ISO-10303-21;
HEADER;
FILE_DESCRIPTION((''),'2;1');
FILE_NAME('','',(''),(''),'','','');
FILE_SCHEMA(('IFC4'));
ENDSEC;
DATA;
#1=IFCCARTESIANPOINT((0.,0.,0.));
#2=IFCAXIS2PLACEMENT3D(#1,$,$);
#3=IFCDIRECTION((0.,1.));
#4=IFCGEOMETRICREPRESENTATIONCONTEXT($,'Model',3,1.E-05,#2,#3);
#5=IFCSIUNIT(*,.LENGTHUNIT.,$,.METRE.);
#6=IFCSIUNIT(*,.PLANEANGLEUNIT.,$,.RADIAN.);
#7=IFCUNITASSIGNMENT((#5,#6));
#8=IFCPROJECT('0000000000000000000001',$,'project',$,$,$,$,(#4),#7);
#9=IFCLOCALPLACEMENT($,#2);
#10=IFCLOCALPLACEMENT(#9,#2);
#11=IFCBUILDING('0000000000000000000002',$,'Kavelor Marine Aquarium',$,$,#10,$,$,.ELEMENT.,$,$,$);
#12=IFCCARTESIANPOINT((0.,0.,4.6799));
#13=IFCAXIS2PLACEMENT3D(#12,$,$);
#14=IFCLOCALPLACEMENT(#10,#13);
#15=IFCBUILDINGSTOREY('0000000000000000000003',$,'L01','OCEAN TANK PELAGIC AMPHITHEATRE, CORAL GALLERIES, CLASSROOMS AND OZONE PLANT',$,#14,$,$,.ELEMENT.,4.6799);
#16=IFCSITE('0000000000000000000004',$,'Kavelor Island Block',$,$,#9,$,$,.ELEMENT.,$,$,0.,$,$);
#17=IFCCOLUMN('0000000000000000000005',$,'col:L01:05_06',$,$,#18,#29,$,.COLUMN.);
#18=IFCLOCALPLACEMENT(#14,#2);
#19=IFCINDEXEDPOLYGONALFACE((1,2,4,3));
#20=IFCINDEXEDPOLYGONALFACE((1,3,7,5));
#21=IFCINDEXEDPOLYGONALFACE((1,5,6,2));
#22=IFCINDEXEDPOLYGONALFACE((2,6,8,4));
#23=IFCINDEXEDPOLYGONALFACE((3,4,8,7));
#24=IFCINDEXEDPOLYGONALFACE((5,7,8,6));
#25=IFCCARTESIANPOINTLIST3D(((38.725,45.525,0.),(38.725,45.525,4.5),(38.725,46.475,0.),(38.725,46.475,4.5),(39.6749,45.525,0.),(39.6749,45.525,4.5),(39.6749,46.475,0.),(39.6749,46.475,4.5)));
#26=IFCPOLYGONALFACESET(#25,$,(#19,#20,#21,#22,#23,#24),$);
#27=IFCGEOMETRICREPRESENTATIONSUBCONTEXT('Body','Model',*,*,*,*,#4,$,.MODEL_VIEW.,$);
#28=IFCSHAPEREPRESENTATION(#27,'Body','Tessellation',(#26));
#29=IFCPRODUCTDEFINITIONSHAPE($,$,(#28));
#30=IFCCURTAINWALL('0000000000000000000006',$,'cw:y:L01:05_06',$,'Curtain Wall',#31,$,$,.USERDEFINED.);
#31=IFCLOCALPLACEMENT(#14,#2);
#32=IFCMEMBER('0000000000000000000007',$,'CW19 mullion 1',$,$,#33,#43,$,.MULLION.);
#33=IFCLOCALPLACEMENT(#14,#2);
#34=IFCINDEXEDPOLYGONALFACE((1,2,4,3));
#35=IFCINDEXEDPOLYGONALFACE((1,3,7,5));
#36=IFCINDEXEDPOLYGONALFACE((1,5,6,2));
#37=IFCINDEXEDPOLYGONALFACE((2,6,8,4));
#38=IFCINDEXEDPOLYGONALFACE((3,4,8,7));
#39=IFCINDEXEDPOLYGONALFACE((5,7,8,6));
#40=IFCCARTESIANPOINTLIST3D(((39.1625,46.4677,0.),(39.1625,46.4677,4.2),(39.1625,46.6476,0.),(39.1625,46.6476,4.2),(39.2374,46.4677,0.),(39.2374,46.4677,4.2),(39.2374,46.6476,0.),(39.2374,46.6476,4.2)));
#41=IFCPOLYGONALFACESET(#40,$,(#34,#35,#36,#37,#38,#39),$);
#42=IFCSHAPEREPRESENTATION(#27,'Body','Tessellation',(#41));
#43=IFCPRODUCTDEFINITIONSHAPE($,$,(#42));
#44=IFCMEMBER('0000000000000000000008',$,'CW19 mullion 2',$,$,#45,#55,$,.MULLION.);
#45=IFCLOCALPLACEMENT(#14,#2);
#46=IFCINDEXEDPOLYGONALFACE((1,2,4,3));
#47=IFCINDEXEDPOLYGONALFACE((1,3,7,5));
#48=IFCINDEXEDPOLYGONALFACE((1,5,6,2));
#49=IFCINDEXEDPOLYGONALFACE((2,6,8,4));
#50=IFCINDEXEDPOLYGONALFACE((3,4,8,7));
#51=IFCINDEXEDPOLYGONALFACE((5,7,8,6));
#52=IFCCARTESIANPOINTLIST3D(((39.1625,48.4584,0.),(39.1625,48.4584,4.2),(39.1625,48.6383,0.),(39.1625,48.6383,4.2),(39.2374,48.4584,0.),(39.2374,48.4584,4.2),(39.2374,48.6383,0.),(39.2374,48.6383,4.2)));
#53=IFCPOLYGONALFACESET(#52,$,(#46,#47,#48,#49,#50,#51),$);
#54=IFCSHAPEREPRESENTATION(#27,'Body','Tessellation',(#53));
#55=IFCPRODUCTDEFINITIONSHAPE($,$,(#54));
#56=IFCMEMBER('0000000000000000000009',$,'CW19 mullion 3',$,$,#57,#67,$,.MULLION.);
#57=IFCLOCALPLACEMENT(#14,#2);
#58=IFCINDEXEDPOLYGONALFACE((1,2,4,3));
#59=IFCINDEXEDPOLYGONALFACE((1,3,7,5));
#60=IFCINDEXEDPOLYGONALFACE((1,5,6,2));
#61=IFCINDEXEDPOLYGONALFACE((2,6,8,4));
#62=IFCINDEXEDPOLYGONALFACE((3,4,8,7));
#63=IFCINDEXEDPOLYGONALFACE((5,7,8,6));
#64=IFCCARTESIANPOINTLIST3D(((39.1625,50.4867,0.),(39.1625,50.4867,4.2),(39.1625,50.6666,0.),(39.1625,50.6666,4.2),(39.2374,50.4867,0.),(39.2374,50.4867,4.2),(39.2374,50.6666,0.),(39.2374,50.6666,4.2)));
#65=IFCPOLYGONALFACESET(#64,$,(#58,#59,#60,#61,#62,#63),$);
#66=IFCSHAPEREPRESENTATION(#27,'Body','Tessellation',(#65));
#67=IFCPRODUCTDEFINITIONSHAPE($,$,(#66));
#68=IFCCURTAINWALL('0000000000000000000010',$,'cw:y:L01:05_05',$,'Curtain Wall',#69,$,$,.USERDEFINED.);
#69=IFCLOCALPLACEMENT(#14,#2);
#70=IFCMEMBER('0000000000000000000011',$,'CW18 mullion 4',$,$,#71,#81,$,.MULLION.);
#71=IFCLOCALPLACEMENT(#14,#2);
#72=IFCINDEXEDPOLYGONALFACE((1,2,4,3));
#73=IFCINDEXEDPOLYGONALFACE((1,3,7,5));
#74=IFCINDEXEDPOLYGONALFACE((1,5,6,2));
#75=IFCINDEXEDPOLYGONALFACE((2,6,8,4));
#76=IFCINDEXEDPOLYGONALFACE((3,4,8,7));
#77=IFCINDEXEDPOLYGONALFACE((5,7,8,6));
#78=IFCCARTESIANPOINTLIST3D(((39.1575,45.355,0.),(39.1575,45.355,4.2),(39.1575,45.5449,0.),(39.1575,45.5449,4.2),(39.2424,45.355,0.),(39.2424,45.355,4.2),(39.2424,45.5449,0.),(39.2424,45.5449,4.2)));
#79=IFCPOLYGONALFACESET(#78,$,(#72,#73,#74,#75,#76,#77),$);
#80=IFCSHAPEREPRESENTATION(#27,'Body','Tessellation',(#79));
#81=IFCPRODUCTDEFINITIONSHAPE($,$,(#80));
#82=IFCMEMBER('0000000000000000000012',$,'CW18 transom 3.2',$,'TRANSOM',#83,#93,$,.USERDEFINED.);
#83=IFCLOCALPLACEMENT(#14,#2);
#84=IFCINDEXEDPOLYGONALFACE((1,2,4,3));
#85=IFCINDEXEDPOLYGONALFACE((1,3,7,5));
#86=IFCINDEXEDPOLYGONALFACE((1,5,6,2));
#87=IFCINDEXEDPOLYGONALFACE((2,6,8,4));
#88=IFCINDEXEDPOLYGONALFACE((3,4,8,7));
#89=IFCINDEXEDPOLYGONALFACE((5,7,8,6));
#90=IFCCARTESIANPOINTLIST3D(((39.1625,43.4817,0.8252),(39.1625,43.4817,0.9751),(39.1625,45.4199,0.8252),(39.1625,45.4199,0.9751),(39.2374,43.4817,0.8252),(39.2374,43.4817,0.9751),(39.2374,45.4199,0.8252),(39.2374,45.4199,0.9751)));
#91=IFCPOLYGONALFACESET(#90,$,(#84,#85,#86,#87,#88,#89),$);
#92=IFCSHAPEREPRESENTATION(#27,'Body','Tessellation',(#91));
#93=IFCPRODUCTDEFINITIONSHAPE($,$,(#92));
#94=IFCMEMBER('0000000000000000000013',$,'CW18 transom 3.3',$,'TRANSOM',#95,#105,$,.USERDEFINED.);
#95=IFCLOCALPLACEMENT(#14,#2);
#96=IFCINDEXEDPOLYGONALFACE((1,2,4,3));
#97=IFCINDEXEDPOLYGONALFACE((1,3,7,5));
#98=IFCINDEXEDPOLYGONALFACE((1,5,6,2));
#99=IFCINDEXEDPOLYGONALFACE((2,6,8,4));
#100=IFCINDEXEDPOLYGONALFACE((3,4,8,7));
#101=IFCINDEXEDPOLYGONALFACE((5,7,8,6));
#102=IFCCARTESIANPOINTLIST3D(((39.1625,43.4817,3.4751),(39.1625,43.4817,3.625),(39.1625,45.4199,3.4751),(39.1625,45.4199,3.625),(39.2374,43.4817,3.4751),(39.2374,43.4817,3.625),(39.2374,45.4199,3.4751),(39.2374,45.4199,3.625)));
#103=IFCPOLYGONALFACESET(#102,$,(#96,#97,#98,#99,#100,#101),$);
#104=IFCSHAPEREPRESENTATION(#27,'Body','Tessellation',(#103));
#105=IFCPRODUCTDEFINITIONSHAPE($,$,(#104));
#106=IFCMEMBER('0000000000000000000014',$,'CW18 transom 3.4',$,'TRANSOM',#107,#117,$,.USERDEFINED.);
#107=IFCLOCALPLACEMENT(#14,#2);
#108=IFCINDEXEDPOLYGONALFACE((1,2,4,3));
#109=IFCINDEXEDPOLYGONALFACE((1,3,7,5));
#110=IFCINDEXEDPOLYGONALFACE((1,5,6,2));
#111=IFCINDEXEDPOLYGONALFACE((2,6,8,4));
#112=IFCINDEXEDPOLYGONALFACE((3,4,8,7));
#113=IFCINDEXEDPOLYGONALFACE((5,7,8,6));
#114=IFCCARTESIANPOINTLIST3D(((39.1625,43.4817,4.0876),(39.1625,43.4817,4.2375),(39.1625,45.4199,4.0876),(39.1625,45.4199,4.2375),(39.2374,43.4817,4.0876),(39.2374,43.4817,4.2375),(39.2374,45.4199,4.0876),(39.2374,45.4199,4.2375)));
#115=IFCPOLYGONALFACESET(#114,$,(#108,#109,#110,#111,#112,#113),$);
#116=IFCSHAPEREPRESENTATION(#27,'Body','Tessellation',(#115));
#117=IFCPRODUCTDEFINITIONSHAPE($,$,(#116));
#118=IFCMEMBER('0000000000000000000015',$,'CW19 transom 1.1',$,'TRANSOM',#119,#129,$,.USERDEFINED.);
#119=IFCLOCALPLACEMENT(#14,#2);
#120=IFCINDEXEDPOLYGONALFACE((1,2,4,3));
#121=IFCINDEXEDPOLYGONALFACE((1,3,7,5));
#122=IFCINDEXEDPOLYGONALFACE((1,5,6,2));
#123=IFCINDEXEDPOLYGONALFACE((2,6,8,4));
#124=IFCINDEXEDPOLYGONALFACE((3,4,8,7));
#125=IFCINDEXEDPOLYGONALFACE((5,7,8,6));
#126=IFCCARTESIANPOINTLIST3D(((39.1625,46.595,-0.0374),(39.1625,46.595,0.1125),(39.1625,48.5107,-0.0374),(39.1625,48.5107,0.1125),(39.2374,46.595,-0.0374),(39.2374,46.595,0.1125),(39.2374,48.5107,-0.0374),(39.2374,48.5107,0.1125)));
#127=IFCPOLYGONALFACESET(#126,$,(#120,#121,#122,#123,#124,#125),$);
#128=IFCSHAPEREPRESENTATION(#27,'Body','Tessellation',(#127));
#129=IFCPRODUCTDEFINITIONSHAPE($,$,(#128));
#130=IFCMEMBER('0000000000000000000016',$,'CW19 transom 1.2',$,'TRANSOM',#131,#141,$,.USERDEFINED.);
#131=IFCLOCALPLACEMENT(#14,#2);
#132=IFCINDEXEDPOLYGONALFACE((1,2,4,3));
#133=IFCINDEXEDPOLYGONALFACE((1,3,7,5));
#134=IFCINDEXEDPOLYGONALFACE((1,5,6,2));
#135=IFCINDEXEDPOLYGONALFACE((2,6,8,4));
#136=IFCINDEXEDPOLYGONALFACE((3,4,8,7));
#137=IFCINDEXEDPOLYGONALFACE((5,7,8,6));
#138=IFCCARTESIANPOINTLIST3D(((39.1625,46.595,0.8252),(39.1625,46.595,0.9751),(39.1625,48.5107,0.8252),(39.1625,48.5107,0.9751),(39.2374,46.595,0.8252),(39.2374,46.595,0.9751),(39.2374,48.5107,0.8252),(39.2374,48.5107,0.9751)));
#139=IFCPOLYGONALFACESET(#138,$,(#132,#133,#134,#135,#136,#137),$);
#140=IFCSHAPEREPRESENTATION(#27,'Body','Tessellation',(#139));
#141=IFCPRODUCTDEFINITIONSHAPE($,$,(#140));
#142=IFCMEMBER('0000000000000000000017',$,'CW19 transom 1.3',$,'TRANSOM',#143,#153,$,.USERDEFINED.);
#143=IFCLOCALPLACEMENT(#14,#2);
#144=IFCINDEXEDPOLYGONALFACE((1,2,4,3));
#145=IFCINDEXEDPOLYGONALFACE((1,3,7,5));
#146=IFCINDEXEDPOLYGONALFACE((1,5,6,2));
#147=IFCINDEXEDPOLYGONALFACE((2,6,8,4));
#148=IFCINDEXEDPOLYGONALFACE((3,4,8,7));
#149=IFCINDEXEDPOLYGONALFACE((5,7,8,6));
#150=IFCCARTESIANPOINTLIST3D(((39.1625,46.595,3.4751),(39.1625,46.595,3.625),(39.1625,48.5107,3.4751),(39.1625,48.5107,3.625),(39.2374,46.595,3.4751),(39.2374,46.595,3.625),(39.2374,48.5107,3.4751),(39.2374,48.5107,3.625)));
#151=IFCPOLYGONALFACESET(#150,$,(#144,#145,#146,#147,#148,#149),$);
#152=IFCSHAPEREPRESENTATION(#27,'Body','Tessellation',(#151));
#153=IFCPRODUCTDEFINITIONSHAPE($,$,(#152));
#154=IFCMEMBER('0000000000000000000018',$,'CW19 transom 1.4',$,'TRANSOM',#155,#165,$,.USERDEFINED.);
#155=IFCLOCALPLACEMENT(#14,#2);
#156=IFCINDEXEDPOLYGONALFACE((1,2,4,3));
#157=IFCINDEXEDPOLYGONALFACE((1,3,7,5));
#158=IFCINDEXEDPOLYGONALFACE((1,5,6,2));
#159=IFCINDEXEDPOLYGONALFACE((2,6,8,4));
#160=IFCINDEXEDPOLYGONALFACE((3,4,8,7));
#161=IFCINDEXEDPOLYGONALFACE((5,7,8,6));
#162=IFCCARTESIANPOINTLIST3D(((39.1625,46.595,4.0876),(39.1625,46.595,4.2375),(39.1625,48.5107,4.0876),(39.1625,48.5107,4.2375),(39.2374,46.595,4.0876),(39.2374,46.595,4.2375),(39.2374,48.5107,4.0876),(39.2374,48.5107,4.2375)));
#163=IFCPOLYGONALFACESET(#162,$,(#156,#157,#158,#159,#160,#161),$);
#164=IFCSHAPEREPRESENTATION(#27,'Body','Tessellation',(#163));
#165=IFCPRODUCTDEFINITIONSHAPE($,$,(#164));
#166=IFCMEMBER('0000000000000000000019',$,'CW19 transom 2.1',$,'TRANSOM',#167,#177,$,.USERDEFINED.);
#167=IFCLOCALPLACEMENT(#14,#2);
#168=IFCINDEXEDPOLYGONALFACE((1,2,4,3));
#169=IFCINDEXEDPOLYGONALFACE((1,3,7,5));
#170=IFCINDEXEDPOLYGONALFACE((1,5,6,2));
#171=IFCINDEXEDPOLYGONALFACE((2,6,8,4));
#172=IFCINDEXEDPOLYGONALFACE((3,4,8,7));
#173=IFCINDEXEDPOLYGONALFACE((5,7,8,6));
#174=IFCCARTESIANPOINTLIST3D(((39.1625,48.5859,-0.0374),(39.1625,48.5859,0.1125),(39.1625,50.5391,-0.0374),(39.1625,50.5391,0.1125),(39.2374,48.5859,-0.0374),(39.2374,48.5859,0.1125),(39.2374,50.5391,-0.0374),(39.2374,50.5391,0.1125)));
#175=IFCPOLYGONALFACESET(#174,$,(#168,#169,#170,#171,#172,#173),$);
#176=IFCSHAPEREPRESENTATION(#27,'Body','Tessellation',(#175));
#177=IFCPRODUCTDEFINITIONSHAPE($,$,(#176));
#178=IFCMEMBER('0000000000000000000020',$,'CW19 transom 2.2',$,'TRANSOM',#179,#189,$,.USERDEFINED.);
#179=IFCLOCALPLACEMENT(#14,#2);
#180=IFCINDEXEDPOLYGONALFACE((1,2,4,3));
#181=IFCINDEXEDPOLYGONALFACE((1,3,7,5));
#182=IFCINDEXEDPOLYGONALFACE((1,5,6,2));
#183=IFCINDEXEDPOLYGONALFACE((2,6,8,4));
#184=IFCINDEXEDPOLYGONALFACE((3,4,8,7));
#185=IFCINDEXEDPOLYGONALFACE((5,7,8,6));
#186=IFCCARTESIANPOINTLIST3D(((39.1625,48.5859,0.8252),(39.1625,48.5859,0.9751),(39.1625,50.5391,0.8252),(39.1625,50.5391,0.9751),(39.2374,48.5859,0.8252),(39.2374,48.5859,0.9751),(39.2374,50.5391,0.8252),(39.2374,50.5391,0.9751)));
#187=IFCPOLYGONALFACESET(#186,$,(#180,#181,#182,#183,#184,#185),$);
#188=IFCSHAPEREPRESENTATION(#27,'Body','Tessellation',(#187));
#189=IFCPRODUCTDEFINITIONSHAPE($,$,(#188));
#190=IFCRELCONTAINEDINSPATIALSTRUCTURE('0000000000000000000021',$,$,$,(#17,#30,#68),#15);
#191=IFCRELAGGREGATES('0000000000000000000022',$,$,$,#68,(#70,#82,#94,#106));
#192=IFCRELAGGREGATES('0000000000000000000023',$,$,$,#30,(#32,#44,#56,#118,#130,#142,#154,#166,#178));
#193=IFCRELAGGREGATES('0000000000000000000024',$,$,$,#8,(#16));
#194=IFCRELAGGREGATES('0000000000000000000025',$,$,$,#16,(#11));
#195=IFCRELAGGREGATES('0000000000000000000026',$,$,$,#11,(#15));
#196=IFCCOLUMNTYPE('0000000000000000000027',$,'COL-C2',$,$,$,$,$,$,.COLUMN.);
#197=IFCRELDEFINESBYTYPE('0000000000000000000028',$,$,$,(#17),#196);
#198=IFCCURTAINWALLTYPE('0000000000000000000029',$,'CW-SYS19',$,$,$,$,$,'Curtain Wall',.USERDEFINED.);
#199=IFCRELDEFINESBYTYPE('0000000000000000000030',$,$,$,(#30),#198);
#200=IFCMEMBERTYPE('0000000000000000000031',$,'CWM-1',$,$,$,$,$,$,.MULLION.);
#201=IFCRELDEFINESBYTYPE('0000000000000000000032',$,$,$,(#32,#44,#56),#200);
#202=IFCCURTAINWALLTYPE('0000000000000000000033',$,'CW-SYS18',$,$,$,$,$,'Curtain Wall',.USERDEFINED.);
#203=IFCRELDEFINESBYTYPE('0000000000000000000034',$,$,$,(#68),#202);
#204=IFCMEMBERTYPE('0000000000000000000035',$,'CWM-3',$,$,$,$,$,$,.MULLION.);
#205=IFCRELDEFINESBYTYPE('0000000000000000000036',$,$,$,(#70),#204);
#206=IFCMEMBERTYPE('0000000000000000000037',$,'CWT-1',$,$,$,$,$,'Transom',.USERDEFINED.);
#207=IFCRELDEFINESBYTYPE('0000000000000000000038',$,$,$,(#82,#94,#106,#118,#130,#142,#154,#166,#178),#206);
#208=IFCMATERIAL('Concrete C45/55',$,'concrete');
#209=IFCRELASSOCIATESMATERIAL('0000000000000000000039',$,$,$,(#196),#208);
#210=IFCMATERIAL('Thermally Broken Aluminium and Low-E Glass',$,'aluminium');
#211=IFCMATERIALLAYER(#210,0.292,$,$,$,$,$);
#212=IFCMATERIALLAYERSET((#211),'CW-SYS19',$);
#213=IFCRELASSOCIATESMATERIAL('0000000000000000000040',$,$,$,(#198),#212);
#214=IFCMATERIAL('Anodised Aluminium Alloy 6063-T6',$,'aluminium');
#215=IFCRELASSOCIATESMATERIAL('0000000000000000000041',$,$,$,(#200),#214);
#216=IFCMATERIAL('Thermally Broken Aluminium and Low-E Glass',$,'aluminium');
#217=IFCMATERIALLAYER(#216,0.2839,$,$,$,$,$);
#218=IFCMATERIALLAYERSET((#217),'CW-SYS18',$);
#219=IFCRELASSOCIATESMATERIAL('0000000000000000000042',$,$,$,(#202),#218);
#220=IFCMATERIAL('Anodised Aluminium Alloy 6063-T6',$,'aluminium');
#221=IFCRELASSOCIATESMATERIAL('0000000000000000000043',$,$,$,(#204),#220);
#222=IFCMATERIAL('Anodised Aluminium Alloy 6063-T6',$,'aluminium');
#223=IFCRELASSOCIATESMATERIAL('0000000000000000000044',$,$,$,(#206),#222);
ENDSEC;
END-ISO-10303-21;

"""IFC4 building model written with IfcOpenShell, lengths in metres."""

from ifc_helpers import new_model, si_unit, direction, frame, origin, origin_2d, place, context, subcontext, project, spatial, rectangle, extrude, material, layer, layer_set, material_profile, profile_set, type_object, element, aggregate, save


model = new_model("IFC4")

# Units and contexts
model_context = context("Model", 3, precision=1e-05, world=origin(), true_north=direction((0.0, 1.0)))
body_context = subcontext(model_context, "Body", "Model", "MODEL_VIEW")
ifc_project = project(units=[si_unit("LENGTHUNIT", "METRE"), si_unit("PLANEANGLEUNIT", "RADIAN")], contexts=[model_context])

# Site, building, storey
site_placement = place(None, origin())
site = spatial("IfcSite", under=ifc_project, at=site_placement, Name="Kavelor Island Block", CompositionType="ELEMENT", RefElevation=0.0)
building_placement = place(site_placement, origin())
building = spatial("IfcBuilding", under=site, at=building_placement, Name="Kavelor Marine Aquarium", CompositionType="ELEMENT")
storey_placement = place(building_placement, frame((0.0, 0.0, 4.6799)))
storey = spatial("IfcBuildingStorey", under=building, at=storey_placement, Name="L01", Description="OCEAN TANK PELAGIC AMPHITHEATRE, CORAL GALLERIES, CLASSROOMS AND OZONE PLANT", CompositionType="ELEMENT", Elevation=4.6799)

# Column
ifc_material_1 = material(Name="Concrete C45/55", Category="concrete")
ifc_material_profile_1 = material_profile(ifc_material_1, rectangle(XDim=0.95, YDim=0.95, at=origin_2d()), Name="RC-COL 950x950")
ifc_profile_set_1 = profile_set([ifc_material_profile_1], Name="Concrete C45/55")
column_type = type_object("IfcColumnType", Name="COL-C2", PredefinedType="COLUMN", material=ifc_profile_set_1)
column_placement = place(storey_placement, frame((39.2, 46.0, 0.0), z_axis=(0.0, 0.0, 1.0), x_axis=(1.0, 0.0, 0.0)))
element("IfcColumn", 1, at=column_placement, inside=storey, type_object=column_type, Name="col:L01:05_06", PredefinedType="COLUMN", context=body_context, shape_type="SweptSolid", body=[
    extrude(rectangle(XDim=0.95, YDim=0.95, at=origin_2d()), origin(), (0.0, 0.0, 1.0), 4.5),
])

# Curtain walls, members
ifc_material_2 = material(Name="Thermally Broken Aluminium and Low-E Glass", Category="aluminium")
ifc_layer_1 = layer(ifc_material_2, 0.292)
ifc_layer_set_1 = layer_set([ifc_layer_1], Name="CW-SYS19")
curtain_wall_type_1 = type_object("IfcCurtainWallType", Name="CW-SYS19", ElementType="Curtain Wall", PredefinedType="USERDEFINED", material=ifc_layer_set_1)
curtain_wall_1_placement = place(storey_placement, origin())
curtain_wall_1 = element("IfcCurtainWall", 2, at=curtain_wall_1_placement, inside=storey, type_object=curtain_wall_type_1, Name="cw:y:L01:05_06", ObjectType="Curtain Wall", PredefinedType="USERDEFINED")
ifc_material_3 = material(Name="Anodised Aluminium Alloy 6063-T6", Category="aluminium")
ifc_material_profile_2 = material_profile(ifc_material_3, rectangle(XDim=0.075, YDim=0.1799, at=origin_2d()), Name="CW-MUL 75x180")
ifc_profile_set_2 = profile_set([ifc_material_profile_2], Name="Anodised Aluminium Alloy 6063-T6")
member_type_1 = type_object("IfcMemberType", Name="CWM-1", PredefinedType="MULLION", material=ifc_profile_set_2)
member_1_placement = place(storey_placement, frame((39.2, 46.5576, 0.0), z_axis=(0.0, 0.0, 1.0), x_axis=(-1.0, 0.0, 0.0)))
member_1 = element("IfcMember", 3, at=member_1_placement, type_object=member_type_1, Name="CW19 mullion 1", PredefinedType="MULLION", context=body_context, shape_type="SweptSolid", body=[
    extrude(rectangle(XDim=0.075, YDim=0.1799, at=origin_2d()), origin(), (0.0, 0.0, 1.0), 4.2),
])
member_2_placement = place(storey_placement, frame((39.2, 48.5483, 0.0), z_axis=(0.0, 0.0, 1.0), x_axis=(-1.0, 0.0, 0.0)))
member_2 = element("IfcMember", 4, at=member_2_placement, type_object=member_type_1, Name="CW19 mullion 2", PredefinedType="MULLION", context=body_context, shape_type="SweptSolid", body=[
    extrude(rectangle(XDim=0.075, YDim=0.1799, at=origin_2d()), origin(), (0.0, 0.0, 1.0), 4.2),
])
member_3_placement = place(storey_placement, frame((39.2, 50.5767, 0.0), z_axis=(0.0, 0.0, 1.0), x_axis=(-1.0, 0.0, 0.0)))
member_3 = element("IfcMember", 5, at=member_3_placement, type_object=member_type_1, Name="CW19 mullion 3", PredefinedType="MULLION", context=body_context, shape_type="SweptSolid", body=[
    extrude(rectangle(XDim=0.075, YDim=0.1799, at=origin_2d()), origin(), (0.0, 0.0, 1.0), 4.2),
])
ifc_material_4 = material(Name="Thermally Broken Aluminium and Low-E Glass", Category="aluminium")
ifc_layer_2 = layer(ifc_material_4, 0.2839)
ifc_layer_set_2 = layer_set([ifc_layer_2], Name="CW-SYS18")
curtain_wall_type_2 = type_object("IfcCurtainWallType", Name="CW-SYS18", ElementType="Curtain Wall", PredefinedType="USERDEFINED", material=ifc_layer_set_2)
curtain_wall_2_placement = place(storey_placement, origin())
curtain_wall_2 = element("IfcCurtainWall", 6, at=curtain_wall_2_placement, inside=storey, type_object=curtain_wall_type_2, Name="cw:y:L01:05_05", ObjectType="Curtain Wall", PredefinedType="USERDEFINED")
ifc_material_5 = material(Name="Anodised Aluminium Alloy 6063-T6", Category="aluminium")
ifc_material_profile_3 = material_profile(ifc_material_5, rectangle(XDim=0.085, YDim=0.1899, at=origin_2d()), Name="CW-MUL 85x190")
ifc_profile_set_3 = profile_set([ifc_material_profile_3], Name="Anodised Aluminium Alloy 6063-T6")
member_type_2 = type_object("IfcMemberType", Name="CWM-3", PredefinedType="MULLION", material=ifc_profile_set_3)
member_4_placement = place(storey_placement, frame((39.2, 45.45, 0.0), z_axis=(0.0, 0.0, 1.0), x_axis=(-1.0, 0.0, 0.0)))
member_4 = element("IfcMember", 7, at=member_4_placement, type_object=member_type_2, Name="CW18 mullion 4", PredefinedType="MULLION", context=body_context, shape_type="SweptSolid", body=[
    extrude(rectangle(XDim=0.085, YDim=0.1899, at=origin_2d()), origin(), (0.0, 0.0, 1.0), 4.2),
])
ifc_material_6 = material(Name="Anodised Aluminium Alloy 6063-T6", Category="aluminium")
ifc_material_profile_4 = material_profile(ifc_material_6, rectangle(XDim=0.075, YDim=0.1499, at=origin_2d()), Name="CW-TRN 75x150")
ifc_profile_set_4 = profile_set([ifc_material_profile_4], Name="Anodised Aluminium Alloy 6063-T6")
member_type_3 = type_object("IfcMemberType", Name="CWT-1", ElementType="Transom", PredefinedType="USERDEFINED", material=ifc_profile_set_4)
member_5_placement = place(storey_placement, frame((39.2, 43.4817, 0.9001), z_axis=(0.0, 1.0, 0.0), x_axis=(-1.0, 0.0, 0.0)))
member_5 = element("IfcMember", 8, at=member_5_placement, type_object=member_type_3, Name="CW18 transom 3.2", ObjectType="TRANSOM", PredefinedType="USERDEFINED", context=body_context, shape_type="SweptSolid", body=[
    extrude(rectangle(XDim=0.075, YDim=0.1499, at=origin_2d()), origin(), (0.0, 0.0, 1.0), 1.9382),
])
member_6_placement = place(storey_placement, frame((39.2, 43.4817, 3.55), z_axis=(0.0, 1.0, 0.0), x_axis=(-1.0, 0.0, 0.0)))
member_6 = element("IfcMember", 9, at=member_6_placement, type_object=member_type_3, Name="CW18 transom 3.3", ObjectType="TRANSOM", PredefinedType="USERDEFINED", context=body_context, shape_type="SweptSolid", body=[
    extrude(rectangle(XDim=0.075, YDim=0.1499, at=origin_2d()), origin(), (0.0, 0.0, 1.0), 1.9382),
])
member_7_placement = place(storey_placement, frame((39.2, 43.4817, 4.1626), z_axis=(0.0, 1.0, 0.0), x_axis=(-1.0, 0.0, 0.0)))
member_7 = element("IfcMember", 10, at=member_7_placement, type_object=member_type_3, Name="CW18 transom 3.4", ObjectType="TRANSOM", PredefinedType="USERDEFINED", context=body_context, shape_type="SweptSolid", body=[
    extrude(rectangle(XDim=0.075, YDim=0.1499, at=origin_2d()), origin(), (0.0, 0.0, 1.0), 1.9382),
])

# Members
member_8_placement = place(storey_placement, frame((39.2, 46.595, 0.0376), z_axis=(0.0, 1.0, 0.0), x_axis=(-1.0, 0.0, 0.0)))
member_8 = element("IfcMember", 11, at=member_8_placement, type_object=member_type_3, Name="CW19 transom 1.1", ObjectType="TRANSOM", PredefinedType="USERDEFINED", context=body_context, shape_type="SweptSolid", body=[
    extrude(rectangle(XDim=0.075, YDim=0.1499, at=origin_2d()), origin(), (0.0, 0.0, 1.0), 1.9158),
])
member_9_placement = place(storey_placement, frame((39.2, 46.595, 0.9001), z_axis=(0.0, 1.0, 0.0), x_axis=(-1.0, 0.0, 0.0)))
member_9 = element("IfcMember", 12, at=member_9_placement, type_object=member_type_3, Name="CW19 transom 1.2", ObjectType="TRANSOM", PredefinedType="USERDEFINED", context=body_context, shape_type="SweptSolid", body=[
    extrude(rectangle(XDim=0.075, YDim=0.1499, at=origin_2d()), origin(), (0.0, 0.0, 1.0), 1.9158),
])
member_10_placement = place(storey_placement, frame((39.2, 46.595, 3.55), z_axis=(0.0, 1.0, 0.0), x_axis=(-1.0, 0.0, 0.0)))
member_10 = element("IfcMember", 13, at=member_10_placement, type_object=member_type_3, Name="CW19 transom 1.3", ObjectType="TRANSOM", PredefinedType="USERDEFINED", context=body_context, shape_type="SweptSolid", body=[
    extrude(rectangle(XDim=0.075, YDim=0.1499, at=origin_2d()), origin(), (0.0, 0.0, 1.0), 1.9158),
])
member_11_placement = place(storey_placement, frame((39.2, 46.595, 4.1626), z_axis=(0.0, 1.0, 0.0), x_axis=(-1.0, 0.0, 0.0)))
member_11 = element("IfcMember", 14, at=member_11_placement, type_object=member_type_3, Name="CW19 transom 1.4", ObjectType="TRANSOM", PredefinedType="USERDEFINED", context=body_context, shape_type="SweptSolid", body=[
    extrude(rectangle(XDim=0.075, YDim=0.1499, at=origin_2d()), origin(), (0.0, 0.0, 1.0), 1.9158),
])
member_12_placement = place(storey_placement, frame((39.2, 48.5859, 0.0376), z_axis=(0.0, 1.0, 0.0), x_axis=(-1.0, 0.0, 0.0)))
member_12 = element("IfcMember", 15, at=member_12_placement, type_object=member_type_3, Name="CW19 transom 2.1", ObjectType="TRANSOM", PredefinedType="USERDEFINED", context=body_context, shape_type="SweptSolid", body=[
    extrude(rectangle(XDim=0.075, YDim=0.1499, at=origin_2d()), origin(), (0.0, 0.0, 1.0), 1.9531),
])
member_13_placement = place(storey_placement, frame((39.2, 48.5859, 0.9001), z_axis=(0.0, 1.0, 0.0), x_axis=(-1.0, 0.0, 0.0)))
member_13 = element("IfcMember", 16, at=member_13_placement, type_object=member_type_3, Name="CW19 transom 2.2", ObjectType="TRANSOM", PredefinedType="USERDEFINED", context=body_context, shape_type="SweptSolid", body=[
    extrude(rectangle(XDim=0.075, YDim=0.1499, at=origin_2d()), origin(), (0.0, 0.0, 1.0), 1.9531),
])

aggregate(curtain_wall_2, [member_4, member_5, member_6, member_7])
aggregate(curtain_wall_1, [member_1, member_2, member_3, member_8, member_9, member_10, member_11, member_12, member_13])

save(model, "model.ifc")
